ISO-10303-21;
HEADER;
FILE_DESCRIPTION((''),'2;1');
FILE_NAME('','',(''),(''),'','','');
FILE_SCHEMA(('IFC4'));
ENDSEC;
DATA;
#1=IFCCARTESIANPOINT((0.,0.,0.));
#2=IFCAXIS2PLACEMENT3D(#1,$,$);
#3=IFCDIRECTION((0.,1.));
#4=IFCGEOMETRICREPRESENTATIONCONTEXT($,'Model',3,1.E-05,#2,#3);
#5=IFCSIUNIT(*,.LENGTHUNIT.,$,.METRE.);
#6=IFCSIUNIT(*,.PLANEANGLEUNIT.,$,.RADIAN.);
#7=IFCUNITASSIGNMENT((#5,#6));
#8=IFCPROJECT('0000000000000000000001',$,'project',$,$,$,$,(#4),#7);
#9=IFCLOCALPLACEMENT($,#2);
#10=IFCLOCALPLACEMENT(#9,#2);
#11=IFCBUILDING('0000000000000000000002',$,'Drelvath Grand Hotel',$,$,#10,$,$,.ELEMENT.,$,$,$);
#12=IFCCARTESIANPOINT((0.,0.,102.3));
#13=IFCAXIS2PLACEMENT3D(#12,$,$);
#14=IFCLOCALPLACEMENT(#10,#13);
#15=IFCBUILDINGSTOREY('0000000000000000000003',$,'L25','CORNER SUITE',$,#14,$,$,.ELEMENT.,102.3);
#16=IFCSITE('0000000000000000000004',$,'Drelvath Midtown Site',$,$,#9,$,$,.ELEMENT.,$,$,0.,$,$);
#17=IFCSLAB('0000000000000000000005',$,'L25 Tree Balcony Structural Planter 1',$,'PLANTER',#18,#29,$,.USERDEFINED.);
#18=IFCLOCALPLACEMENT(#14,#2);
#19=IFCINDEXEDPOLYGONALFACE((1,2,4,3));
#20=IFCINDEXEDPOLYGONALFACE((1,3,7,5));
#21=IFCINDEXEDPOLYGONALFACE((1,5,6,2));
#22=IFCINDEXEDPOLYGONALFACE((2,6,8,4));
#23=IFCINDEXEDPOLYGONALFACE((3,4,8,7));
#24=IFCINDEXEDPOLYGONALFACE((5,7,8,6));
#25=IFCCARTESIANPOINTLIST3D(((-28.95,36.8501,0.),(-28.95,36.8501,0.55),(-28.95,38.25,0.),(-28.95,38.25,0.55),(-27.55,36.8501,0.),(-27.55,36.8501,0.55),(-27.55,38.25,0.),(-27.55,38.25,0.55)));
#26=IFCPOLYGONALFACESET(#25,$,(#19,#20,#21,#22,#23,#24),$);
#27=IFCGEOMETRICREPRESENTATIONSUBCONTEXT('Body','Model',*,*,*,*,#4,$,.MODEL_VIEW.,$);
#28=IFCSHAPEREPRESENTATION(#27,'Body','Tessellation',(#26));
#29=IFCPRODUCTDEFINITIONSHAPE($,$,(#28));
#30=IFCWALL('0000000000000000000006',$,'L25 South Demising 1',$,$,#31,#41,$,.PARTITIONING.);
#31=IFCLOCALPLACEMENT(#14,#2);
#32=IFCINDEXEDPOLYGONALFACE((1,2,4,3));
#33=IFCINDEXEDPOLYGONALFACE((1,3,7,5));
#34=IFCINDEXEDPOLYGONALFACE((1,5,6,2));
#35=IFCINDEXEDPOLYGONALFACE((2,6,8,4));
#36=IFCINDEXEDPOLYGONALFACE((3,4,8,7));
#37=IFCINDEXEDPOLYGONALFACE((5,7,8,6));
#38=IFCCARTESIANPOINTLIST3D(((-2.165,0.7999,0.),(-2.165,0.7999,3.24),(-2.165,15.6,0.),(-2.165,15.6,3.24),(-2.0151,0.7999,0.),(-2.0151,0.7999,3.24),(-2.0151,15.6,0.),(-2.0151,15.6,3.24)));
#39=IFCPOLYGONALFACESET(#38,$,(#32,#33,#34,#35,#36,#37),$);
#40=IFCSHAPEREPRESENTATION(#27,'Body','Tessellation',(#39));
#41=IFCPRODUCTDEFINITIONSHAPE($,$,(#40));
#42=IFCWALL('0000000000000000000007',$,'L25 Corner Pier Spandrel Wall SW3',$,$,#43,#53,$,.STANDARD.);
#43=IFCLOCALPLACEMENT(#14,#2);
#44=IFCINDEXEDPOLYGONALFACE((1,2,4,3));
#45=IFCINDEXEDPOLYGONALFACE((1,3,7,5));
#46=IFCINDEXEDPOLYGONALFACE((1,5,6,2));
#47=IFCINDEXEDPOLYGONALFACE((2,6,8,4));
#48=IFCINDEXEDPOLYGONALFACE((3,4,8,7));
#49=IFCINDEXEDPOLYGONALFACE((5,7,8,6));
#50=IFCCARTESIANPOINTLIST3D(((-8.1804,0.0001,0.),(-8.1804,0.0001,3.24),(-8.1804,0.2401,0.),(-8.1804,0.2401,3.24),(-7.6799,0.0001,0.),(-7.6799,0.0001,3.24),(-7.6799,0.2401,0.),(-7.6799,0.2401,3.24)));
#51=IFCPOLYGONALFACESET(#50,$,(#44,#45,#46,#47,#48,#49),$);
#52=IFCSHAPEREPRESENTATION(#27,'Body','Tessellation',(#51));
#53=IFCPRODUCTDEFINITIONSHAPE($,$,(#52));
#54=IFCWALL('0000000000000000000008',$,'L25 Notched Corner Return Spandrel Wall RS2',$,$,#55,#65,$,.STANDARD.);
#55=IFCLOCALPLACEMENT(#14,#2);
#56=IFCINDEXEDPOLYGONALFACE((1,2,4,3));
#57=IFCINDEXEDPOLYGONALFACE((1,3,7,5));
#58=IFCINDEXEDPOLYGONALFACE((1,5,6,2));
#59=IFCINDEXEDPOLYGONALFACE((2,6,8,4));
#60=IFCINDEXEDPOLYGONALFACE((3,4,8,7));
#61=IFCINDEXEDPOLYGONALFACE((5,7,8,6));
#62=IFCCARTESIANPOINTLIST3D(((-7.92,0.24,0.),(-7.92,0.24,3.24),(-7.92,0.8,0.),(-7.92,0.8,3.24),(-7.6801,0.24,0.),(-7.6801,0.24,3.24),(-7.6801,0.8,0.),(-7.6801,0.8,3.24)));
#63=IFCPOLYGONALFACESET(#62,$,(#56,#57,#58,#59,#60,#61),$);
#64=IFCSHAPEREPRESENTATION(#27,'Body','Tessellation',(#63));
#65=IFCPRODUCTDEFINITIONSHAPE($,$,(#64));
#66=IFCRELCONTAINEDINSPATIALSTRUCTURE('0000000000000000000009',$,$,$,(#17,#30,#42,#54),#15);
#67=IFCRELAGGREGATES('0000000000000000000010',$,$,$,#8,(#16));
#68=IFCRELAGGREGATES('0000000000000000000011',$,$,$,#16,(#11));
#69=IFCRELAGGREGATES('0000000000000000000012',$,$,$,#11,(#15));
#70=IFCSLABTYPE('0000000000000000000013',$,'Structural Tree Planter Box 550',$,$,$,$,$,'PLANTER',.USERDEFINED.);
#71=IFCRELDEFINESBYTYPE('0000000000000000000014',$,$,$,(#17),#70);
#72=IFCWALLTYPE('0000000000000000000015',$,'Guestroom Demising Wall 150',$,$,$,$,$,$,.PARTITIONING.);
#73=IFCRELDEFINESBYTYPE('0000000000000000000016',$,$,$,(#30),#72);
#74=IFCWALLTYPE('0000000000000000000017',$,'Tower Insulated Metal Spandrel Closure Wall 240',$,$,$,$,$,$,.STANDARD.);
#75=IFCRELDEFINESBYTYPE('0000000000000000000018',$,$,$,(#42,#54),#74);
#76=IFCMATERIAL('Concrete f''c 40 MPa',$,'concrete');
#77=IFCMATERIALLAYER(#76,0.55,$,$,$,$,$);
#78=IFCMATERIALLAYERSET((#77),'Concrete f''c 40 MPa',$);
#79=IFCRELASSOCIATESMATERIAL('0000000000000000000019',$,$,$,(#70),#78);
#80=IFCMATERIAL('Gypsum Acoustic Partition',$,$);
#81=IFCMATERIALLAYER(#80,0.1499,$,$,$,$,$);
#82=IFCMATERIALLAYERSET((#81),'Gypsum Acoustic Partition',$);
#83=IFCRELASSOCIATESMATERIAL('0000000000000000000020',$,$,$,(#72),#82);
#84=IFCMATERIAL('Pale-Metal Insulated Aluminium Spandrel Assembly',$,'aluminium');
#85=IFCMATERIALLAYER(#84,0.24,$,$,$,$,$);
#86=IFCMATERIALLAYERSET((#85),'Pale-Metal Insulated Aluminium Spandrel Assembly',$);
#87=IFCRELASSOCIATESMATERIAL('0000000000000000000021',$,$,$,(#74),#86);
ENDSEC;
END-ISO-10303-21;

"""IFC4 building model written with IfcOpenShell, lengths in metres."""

from ifc_helpers import new_model, si_unit, direction, frame, frame_2d, origin, place, context, subcontext, project, spatial, polyline, rectangle, outline, extrude, material, layer, layer_set, type_object, element, save


model = new_model("IFC4")

# Units and contexts
model_context = context("Model", 3, precision=1e-05, world=origin(), true_north=direction((0.0, 1.0)))
body_context = subcontext(model_context, "Body", "Model", "MODEL_VIEW")
ifc_project = project(units=[si_unit("LENGTHUNIT", "METRE"), si_unit("PLANEANGLEUNIT", "RADIAN")], contexts=[model_context])

# Site, building, storey
site_placement = place(None, origin())
site = spatial("IfcSite", under=ifc_project, at=site_placement, Name="Drelvath Midtown Site", CompositionType="ELEMENT", RefElevation=0.0)
building_placement = place(site_placement, origin())
building = spatial("IfcBuilding", under=site, at=building_placement, Name="Drelvath Grand Hotel", CompositionType="ELEMENT")
storey_placement = place(building_placement, frame((0.0, 0.0, 102.3)))
storey = spatial("IfcBuildingStorey", under=building, at=storey_placement, Name="L25", Description="CORNER SUITE", CompositionType="ELEMENT", Elevation=102.3)

# Shared definitions
ifc_material_1 = material(Name="Concrete f'c 40 MPa", Category="concrete")

# Slab
ifc_layer_1 = layer(ifc_material_1, 0.55)
ifc_layer_set_1 = layer_set([ifc_layer_1], Name="Concrete f'c 40 MPa")
slab_type_1 = type_object("IfcSlabType", Name="Structural Tree Planter Box 550", ElementType="PLANTER", PredefinedType="USERDEFINED", material=ifc_layer_set_1)
slab_1_placement = place(storey_placement, origin())
element("IfcSlab", 1, at=slab_1_placement, inside=storey, type_object=slab_type_1, Name="L25 Tree Balcony Structural Planter 1", ObjectType="PLANTER", PredefinedType="USERDEFINED", context=body_context, shape_type="SweptSolid", body=[
    extrude(outline(polyline([(-28.95, 36.8501), (-27.55, 36.8501), (-27.55, 38.25), (-28.95, 38.25), (-28.95, 36.8501)])), origin(), (0.0, 0.0, 1.0), 0.55),
])

# Walls
ifc_material_2 = material(Name="Gypsum Acoustic Partition")
ifc_layer_2 = layer(ifc_material_2, 0.1499)
ifc_layer_set_2 = layer_set([ifc_layer_2], Name="Gypsum Acoustic Partition")
wall_type_1 = type_object("IfcWallType", Name="Guestroom Demising Wall 150", PredefinedType="PARTITIONING", material=ifc_layer_set_2)
wall_1_placement = place(storey_placement, frame((-2.0901, 0.8, 0.0), z_axis=(0.0, 0.0, 1.0), x_axis=(0.0, 1.0, 0.0)))
element("IfcWall", 2, at=wall_1_placement, inside=storey, type_object=wall_type_1, Name="L25 South Demising 1", PredefinedType="PARTITIONING", context=body_context, shape_type="SweptSolid", body=[
    extrude(rectangle(XDim=14.8, YDim=0.1499, at=frame_2d((7.3999, 0.0))), origin(), (0.0, 0.0, 1.0), 3.24),
])
ifc_material_3 = material(Name="Pale-Metal Insulated Aluminium Spandrel Assembly", Category="aluminium")
ifc_layer_3 = layer(ifc_material_3, 0.24)
ifc_layer_set_3 = layer_set([ifc_layer_3], Name="Pale-Metal Insulated Aluminium Spandrel Assembly")
wall_type_2 = type_object("IfcWallType", Name="Tower Insulated Metal Spandrel Closure Wall 240", PredefinedType="STANDARD", material=ifc_layer_set_3)
wall_2_placement = place(storey_placement, frame((-7.6799, 0.1201, 0.0), z_axis=(0.0, 0.0, 1.0), x_axis=(-1.0, 0.0, 0.0)))
element("IfcWall", 3, at=wall_2_placement, inside=storey, type_object=wall_type_2, Name="L25 Corner Pier Spandrel Wall SW3", PredefinedType="STANDARD", context=body_context, shape_type="SweptSolid", body=[
    extrude(rectangle(XDim=0.5005, YDim=0.24, at=frame_2d((0.2502, 0.0))), origin(), (0.0, 0.0, 1.0), 3.24),
])
wall_3_placement = place(storey_placement, frame((-7.8, 0.8, 0.0), z_axis=(0.0, 0.0, 1.0), x_axis=(0.0, -1.0, 0.0)))
element("IfcWall", 4, at=wall_3_placement, inside=storey, type_object=wall_type_2, Name="L25 Notched Corner Return Spandrel Wall RS2", PredefinedType="STANDARD", context=body_context, shape_type="SweptSolid", body=[
    extrude(rectangle(XDim=0.5601, YDim=0.24, at=frame_2d((0.28, 0.0))), origin(), (0.0, 0.0, 1.0), 3.24),
])

save(model, "model.ifc")
